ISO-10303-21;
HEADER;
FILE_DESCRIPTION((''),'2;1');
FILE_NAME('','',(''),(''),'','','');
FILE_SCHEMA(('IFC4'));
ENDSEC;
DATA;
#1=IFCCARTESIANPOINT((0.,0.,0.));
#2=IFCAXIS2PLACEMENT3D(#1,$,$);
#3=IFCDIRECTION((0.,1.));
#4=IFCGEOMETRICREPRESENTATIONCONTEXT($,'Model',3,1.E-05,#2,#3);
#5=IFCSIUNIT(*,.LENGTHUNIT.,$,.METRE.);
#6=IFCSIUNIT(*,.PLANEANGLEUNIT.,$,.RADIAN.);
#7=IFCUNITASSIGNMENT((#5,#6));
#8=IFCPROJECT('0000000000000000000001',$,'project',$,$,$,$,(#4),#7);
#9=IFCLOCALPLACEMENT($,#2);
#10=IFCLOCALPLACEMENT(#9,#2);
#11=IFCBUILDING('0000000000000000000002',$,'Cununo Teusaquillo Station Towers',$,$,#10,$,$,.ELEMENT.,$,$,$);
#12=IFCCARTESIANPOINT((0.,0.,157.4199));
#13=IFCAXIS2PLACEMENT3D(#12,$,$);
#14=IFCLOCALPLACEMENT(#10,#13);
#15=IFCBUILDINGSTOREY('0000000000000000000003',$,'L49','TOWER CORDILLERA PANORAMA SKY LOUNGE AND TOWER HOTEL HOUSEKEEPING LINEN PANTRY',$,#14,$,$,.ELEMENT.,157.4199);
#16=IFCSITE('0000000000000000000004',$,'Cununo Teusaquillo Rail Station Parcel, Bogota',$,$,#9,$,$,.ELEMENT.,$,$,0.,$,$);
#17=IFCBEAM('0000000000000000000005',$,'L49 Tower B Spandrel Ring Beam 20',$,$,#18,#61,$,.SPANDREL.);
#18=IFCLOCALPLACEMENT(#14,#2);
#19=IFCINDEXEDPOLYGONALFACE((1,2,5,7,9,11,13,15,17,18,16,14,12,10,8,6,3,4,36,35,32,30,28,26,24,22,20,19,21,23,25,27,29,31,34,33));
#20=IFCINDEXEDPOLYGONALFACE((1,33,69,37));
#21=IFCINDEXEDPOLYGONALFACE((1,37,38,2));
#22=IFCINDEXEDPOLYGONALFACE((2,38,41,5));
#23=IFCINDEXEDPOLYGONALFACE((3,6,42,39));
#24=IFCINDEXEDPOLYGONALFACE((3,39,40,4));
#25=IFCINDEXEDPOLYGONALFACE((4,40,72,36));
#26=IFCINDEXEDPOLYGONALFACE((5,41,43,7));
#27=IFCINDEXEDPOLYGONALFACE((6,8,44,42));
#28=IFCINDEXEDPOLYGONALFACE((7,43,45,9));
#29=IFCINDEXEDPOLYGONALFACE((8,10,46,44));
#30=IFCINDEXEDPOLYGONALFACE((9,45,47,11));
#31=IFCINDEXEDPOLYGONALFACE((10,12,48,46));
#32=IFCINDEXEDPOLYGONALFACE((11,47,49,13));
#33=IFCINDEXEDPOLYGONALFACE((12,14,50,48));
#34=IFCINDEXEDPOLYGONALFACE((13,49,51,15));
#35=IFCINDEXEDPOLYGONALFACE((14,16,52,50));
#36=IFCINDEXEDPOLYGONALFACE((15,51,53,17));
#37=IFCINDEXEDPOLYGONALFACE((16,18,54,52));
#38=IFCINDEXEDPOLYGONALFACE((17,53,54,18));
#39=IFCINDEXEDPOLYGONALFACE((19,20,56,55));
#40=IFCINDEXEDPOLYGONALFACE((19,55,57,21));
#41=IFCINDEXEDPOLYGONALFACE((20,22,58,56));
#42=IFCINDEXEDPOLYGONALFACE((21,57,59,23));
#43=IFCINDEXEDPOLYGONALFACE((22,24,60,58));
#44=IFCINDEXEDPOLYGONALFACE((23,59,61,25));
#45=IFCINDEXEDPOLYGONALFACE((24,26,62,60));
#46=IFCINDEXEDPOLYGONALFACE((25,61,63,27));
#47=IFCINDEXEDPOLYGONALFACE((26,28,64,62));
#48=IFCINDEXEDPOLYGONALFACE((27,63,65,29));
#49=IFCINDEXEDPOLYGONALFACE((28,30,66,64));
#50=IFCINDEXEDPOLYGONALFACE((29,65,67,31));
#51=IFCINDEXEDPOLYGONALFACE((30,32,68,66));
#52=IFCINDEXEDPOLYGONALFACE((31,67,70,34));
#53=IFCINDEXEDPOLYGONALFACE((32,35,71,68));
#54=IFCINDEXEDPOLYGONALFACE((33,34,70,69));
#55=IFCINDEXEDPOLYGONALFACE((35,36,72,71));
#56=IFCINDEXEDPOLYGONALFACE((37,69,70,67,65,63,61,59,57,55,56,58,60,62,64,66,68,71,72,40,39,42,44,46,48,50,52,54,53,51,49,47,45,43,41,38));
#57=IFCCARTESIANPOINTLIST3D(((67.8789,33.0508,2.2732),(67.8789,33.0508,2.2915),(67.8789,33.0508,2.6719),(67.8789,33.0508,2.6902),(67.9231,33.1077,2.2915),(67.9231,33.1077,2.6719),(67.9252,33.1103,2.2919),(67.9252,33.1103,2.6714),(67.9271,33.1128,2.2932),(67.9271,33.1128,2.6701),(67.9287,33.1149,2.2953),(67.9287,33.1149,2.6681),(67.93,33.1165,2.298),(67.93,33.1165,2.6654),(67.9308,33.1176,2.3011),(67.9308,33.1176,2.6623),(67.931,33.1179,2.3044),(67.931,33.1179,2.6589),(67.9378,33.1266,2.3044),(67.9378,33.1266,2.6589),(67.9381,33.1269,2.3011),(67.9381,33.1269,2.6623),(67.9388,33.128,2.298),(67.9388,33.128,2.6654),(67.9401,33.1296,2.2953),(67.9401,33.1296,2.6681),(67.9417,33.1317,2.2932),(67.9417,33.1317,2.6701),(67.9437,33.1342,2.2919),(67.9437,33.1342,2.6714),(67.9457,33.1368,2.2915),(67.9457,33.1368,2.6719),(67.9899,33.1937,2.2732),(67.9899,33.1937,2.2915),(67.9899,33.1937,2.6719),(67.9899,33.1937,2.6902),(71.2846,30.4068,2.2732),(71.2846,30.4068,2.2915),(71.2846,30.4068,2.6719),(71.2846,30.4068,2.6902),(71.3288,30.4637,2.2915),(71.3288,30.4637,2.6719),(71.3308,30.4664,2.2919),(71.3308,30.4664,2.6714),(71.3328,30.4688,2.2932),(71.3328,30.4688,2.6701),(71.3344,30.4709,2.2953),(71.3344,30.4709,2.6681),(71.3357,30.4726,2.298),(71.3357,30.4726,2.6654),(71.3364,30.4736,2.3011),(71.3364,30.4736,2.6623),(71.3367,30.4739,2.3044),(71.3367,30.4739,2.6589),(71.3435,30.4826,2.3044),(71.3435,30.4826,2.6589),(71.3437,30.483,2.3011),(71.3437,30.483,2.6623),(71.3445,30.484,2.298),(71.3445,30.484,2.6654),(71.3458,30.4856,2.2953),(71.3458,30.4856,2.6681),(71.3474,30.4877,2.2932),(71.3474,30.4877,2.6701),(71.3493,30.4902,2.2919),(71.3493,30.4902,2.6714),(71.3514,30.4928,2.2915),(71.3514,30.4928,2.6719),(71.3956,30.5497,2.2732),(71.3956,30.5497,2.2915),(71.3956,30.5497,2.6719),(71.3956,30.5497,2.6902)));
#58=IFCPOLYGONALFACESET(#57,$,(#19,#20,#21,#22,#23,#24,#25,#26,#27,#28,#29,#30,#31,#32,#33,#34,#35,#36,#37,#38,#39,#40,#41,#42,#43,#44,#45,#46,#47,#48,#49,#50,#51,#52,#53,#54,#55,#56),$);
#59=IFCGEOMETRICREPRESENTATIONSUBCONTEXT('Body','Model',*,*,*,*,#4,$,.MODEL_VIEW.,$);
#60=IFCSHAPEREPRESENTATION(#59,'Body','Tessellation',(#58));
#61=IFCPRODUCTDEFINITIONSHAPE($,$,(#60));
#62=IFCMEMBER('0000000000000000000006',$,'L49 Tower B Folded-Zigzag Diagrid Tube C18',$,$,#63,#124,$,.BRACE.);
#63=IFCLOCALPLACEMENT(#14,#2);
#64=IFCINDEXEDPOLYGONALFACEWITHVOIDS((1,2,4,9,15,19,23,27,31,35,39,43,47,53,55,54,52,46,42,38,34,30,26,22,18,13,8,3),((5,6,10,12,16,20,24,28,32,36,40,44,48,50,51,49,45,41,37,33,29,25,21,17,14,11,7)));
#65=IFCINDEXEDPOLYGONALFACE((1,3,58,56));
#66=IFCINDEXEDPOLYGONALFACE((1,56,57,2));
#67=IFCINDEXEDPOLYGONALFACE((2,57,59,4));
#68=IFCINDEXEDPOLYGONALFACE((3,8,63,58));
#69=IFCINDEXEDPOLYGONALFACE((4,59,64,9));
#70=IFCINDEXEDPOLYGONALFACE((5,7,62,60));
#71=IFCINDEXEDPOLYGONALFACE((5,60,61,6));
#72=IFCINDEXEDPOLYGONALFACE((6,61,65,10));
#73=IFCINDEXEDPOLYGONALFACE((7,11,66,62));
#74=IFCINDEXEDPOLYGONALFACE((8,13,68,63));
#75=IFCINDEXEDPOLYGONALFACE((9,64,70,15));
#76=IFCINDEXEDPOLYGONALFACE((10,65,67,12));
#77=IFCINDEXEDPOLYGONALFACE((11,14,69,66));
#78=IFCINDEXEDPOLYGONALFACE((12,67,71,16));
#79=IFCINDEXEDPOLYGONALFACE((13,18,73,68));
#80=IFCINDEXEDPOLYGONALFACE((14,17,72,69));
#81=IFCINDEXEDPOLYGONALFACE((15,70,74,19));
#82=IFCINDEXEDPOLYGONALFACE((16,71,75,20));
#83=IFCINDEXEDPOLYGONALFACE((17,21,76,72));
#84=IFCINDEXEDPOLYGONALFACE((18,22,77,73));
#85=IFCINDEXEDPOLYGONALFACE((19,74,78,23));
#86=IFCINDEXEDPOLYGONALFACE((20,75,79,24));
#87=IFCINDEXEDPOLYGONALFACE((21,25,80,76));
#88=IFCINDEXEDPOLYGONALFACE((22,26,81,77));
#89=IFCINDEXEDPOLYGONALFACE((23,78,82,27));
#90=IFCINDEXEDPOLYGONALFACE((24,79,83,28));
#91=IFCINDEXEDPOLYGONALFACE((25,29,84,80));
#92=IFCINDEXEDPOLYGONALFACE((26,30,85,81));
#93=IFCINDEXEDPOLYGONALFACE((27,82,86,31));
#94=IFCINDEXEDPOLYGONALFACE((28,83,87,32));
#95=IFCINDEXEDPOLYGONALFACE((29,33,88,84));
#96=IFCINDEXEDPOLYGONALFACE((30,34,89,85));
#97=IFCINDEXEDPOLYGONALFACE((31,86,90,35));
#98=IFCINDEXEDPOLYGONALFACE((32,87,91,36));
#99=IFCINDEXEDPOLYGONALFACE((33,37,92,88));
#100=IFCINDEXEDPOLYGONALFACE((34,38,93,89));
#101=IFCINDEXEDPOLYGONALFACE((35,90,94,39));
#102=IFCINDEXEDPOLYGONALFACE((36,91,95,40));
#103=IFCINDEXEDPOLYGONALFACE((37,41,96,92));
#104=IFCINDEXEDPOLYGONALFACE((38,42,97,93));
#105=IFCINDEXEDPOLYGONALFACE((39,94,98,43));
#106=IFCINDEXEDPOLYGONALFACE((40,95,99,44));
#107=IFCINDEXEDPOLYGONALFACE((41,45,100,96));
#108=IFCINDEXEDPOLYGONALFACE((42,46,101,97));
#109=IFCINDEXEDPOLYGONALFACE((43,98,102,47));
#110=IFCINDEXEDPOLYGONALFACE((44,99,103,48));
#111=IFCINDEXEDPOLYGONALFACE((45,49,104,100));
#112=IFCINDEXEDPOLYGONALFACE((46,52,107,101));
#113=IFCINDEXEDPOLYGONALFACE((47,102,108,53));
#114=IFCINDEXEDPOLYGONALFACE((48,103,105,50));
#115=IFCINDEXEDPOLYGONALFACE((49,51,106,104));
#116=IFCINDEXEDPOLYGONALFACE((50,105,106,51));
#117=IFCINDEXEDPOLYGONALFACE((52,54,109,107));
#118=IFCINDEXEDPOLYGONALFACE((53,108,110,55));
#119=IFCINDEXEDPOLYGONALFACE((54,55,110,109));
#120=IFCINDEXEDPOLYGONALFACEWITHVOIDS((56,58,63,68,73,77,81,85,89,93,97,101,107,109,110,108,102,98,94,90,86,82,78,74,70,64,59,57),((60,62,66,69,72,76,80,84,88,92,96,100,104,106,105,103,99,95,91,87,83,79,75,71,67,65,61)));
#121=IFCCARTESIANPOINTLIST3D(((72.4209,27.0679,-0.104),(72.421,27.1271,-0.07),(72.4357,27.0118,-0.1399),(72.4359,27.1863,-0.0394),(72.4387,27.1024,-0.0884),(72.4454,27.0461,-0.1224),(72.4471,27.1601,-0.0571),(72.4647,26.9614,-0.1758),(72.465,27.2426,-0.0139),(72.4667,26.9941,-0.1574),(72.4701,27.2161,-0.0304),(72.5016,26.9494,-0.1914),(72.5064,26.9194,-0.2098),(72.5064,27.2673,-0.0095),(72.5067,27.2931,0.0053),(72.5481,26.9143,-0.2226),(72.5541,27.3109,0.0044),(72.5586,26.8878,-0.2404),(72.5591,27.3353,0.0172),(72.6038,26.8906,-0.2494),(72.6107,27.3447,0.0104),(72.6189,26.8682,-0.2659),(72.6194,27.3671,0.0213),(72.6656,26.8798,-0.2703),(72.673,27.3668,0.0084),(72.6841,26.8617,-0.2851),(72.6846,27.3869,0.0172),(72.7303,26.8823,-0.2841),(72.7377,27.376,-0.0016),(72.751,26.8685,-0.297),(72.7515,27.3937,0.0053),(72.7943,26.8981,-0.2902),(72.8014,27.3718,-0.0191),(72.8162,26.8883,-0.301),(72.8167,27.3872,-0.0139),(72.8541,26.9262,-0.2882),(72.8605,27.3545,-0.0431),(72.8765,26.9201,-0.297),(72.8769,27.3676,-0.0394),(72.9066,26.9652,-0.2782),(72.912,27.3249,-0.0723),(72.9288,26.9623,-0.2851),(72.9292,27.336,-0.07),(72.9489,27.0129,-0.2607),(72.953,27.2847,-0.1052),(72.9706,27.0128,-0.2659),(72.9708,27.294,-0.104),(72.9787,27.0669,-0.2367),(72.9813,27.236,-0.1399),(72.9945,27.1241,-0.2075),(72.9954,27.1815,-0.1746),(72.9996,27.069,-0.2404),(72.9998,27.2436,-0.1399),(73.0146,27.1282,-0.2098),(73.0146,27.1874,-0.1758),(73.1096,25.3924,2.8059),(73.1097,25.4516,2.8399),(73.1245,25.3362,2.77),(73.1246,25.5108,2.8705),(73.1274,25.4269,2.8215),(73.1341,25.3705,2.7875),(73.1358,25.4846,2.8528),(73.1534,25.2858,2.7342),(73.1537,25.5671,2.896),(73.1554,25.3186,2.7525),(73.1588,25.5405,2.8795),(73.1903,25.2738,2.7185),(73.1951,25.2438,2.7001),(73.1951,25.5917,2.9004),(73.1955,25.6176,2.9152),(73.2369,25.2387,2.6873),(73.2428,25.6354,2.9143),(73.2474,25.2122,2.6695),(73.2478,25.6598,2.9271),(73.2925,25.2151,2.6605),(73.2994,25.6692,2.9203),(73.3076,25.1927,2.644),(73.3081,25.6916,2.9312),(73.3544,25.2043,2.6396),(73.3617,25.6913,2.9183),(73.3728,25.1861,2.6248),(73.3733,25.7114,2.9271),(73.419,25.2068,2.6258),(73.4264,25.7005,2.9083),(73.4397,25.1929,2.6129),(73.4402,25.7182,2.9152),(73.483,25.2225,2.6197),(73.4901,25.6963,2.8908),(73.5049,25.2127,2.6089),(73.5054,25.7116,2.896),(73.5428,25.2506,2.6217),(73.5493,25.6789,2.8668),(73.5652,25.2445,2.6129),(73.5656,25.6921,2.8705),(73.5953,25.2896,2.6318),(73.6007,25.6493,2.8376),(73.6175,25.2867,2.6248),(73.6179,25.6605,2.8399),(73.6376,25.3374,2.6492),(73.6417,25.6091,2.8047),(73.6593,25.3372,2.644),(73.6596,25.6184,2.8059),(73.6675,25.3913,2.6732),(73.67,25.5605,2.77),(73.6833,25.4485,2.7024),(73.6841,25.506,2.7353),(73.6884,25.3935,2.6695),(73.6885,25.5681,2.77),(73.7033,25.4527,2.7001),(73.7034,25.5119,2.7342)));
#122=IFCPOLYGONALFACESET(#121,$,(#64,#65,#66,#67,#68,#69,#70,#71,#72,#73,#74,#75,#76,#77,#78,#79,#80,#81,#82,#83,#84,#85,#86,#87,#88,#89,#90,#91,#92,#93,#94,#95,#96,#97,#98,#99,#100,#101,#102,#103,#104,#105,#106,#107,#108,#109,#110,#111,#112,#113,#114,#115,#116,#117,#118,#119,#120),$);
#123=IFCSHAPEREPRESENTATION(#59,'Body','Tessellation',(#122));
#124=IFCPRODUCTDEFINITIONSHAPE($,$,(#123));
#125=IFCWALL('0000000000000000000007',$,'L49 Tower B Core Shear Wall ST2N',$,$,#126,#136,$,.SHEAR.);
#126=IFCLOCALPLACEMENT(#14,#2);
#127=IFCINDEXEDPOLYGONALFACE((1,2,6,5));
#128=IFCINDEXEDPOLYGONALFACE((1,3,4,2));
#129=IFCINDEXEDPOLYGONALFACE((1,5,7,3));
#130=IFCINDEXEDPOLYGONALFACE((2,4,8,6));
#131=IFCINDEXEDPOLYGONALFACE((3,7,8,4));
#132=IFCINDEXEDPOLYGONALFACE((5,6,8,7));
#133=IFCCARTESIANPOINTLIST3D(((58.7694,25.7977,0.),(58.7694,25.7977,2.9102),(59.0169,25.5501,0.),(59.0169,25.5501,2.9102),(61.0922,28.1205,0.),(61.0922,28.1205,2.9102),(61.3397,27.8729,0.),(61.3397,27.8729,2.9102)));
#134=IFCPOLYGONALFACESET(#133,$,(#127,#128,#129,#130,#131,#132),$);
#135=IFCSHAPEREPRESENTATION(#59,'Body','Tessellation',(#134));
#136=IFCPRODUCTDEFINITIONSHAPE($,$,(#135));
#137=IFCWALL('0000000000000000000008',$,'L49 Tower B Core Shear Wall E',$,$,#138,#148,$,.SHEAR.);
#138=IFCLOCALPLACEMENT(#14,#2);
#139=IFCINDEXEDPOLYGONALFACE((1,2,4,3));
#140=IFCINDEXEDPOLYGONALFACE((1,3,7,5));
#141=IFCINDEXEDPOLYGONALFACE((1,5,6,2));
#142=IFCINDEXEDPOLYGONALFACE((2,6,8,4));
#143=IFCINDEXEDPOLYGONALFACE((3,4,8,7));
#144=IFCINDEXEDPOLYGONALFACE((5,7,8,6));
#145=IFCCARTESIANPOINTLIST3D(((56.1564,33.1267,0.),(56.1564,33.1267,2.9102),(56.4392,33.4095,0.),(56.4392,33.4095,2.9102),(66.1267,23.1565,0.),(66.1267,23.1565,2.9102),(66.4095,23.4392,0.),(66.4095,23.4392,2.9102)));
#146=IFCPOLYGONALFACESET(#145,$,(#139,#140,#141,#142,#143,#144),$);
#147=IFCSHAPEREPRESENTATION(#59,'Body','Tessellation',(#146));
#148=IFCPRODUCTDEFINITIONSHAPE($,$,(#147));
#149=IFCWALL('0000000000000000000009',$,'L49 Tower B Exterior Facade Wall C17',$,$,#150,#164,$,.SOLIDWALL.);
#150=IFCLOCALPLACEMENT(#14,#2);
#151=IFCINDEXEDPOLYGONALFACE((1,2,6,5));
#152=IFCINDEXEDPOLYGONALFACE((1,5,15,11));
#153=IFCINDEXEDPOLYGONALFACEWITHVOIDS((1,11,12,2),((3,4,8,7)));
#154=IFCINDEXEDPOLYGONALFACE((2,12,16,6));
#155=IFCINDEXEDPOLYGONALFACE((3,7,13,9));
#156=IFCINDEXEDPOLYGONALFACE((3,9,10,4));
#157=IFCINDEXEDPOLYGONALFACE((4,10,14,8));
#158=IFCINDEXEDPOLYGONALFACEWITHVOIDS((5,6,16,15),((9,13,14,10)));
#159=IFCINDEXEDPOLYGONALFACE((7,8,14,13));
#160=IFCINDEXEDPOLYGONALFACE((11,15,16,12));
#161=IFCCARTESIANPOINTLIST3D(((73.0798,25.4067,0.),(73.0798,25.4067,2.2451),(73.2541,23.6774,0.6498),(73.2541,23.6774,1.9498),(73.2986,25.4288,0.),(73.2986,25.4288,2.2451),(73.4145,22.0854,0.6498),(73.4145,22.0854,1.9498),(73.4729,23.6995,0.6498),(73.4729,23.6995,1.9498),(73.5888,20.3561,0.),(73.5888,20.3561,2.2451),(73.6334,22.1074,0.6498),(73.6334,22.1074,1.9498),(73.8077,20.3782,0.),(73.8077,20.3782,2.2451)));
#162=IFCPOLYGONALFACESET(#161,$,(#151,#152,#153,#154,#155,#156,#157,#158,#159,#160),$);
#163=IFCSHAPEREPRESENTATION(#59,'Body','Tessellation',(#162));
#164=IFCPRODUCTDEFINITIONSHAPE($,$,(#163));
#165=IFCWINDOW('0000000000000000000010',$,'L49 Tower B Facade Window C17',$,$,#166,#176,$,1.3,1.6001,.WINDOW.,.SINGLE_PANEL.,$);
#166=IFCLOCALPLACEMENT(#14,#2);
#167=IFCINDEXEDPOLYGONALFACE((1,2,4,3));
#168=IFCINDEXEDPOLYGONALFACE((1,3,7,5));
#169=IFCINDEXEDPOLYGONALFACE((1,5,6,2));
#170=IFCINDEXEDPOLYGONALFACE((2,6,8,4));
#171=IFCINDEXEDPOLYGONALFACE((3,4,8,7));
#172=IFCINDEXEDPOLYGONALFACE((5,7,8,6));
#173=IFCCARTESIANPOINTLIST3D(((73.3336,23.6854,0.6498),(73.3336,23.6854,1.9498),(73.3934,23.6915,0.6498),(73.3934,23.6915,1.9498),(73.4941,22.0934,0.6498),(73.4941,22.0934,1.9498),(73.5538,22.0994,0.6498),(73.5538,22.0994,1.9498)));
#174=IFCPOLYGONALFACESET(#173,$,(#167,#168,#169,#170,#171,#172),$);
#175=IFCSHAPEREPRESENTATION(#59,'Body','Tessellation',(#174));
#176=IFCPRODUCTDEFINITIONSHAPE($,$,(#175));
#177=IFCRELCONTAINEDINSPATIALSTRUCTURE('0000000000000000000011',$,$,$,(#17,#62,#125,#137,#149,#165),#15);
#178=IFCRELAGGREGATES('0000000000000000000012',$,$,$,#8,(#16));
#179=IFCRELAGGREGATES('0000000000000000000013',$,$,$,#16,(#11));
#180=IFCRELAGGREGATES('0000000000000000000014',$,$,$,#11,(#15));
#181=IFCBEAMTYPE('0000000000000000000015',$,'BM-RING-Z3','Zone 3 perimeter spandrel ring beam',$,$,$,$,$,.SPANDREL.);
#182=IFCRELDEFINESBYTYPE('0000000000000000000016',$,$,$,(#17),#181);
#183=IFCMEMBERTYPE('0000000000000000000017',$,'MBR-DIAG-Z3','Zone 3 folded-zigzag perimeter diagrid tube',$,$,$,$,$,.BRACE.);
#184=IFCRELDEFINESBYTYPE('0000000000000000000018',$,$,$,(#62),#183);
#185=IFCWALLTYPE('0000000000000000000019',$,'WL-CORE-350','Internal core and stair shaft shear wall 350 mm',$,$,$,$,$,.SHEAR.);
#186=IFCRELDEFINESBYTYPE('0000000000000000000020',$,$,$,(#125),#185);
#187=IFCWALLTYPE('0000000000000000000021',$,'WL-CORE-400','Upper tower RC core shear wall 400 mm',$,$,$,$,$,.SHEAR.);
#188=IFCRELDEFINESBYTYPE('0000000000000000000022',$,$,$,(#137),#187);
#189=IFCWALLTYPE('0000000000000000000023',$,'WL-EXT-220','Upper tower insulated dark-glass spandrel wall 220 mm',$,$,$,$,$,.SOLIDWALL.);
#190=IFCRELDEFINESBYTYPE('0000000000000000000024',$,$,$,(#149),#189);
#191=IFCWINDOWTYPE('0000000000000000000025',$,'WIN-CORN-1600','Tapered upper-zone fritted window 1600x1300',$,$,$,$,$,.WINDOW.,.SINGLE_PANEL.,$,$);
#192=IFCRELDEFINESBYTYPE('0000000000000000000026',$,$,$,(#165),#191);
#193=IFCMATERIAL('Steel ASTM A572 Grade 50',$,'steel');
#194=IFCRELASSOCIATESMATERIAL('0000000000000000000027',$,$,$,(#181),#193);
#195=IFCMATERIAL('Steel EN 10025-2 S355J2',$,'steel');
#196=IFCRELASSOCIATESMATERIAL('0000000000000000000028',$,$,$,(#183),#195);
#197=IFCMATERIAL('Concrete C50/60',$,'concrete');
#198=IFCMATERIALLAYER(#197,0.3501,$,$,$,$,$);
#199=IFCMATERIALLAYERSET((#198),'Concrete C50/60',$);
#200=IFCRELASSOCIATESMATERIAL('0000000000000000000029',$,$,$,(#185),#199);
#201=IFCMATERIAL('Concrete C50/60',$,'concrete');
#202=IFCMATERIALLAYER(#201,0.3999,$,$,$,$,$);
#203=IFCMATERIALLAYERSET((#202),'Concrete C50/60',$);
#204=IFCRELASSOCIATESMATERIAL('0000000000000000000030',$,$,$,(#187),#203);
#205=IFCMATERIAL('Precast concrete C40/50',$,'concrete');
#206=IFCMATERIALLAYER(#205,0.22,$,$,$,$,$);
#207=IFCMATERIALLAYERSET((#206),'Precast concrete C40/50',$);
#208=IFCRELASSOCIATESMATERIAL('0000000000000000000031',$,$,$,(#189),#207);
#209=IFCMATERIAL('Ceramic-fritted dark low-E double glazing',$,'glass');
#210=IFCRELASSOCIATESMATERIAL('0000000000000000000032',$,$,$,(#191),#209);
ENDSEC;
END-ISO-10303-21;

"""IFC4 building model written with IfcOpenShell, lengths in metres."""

from ifc_helpers import new_model, si_unit, direction, frame, frame_2d, origin, origin_2d, place, context, subcontext, project, spatial, rectangle, hollow_circle, i_section, extrude, source, transform, mapped, material, layer, layer_set, material_profile, profile_set, type_object, element, fill, save


model = new_model("IFC4")

# Units and contexts
model_context = context("Model", 3, precision=1e-05, world=origin(), true_north=direction((0.0, 1.0)))
body_context = subcontext(model_context, "Body", "Model", "MODEL_VIEW")
ifc_project = project(units=[si_unit("LENGTHUNIT", "METRE"), si_unit("PLANEANGLEUNIT", "RADIAN")], contexts=[model_context])

# Site, building, storey
site_placement = place(None, origin())
site = spatial("IfcSite", under=ifc_project, at=site_placement, Name="Cununo Teusaquillo Rail Station Parcel, Bogota", CompositionType="ELEMENT", RefElevation=0.0)
building_placement = place(site_placement, origin())
building = spatial("IfcBuilding", under=site, at=building_placement, Name="Cununo Teusaquillo Station Towers", CompositionType="ELEMENT")
storey_placement = place(building_placement, frame((0.0, 0.0, 157.4199)))
storey = spatial("IfcBuildingStorey", under=building, at=storey_placement, Name="L49", Description="TOWER CORDILLERA PANORAMA SKY LOUNGE AND TOWER HOTEL HOUSEKEEPING LINEN PANTRY", CompositionType="ELEMENT", Elevation=157.4199)

# Beam
ifc_material_1 = material(Name="Steel ASTM A572 Grade 50", Category="steel")
ifc_material_profile_1 = material_profile(ifc_material_1, i_section(OverallWidth=0.1809, OverallDepth=0.417, WebThickness=0.011, FlangeThickness=0.0183, FilletRadius=0.0129, at=origin_2d()), Name="W16X57")
ifc_profile_set_1 = profile_set([ifc_material_profile_1], Name="Steel ASTM A572 Grade 50")
beam_type_1 = type_object("IfcBeamType", Name="BM-RING-Z3", Description="Zone 3 perimeter spandrel ring beam", PredefinedType="SPANDREL", material=ifc_profile_set_1)
beam_1_placement = place(storey_placement, frame((71.3401, 30.4783, 2.4817), z_axis=(-0.789901, 0.613235, 0.0), x_axis=(-0.613235, -0.789901, 0.0)))
element("IfcBeam", 1, at=beam_1_placement, inside=storey, type_object=beam_type_1, Name="L49 Tower B Spandrel Ring Beam 20", PredefinedType="SPANDREL", context=body_context, shape_type="SweptSolid", body=[
    extrude(i_section(OverallWidth=0.1809, OverallDepth=0.417, WebThickness=0.011, FlangeThickness=0.0183, FilletRadius=0.0129, at=origin_2d()), origin(), (0.0, 0.0, 1.0), 4.3115),
])

# Member
ifc_material_2 = material(Name="Steel EN 10025-2 S355J2", Category="steel")
ifc_material_profile_2 = material_profile(ifc_material_2, hollow_circle(Radius=0.3049, WallThickness=0.02, at=origin_2d()), Name="CHS 610x20")
ifc_profile_set_2 = profile_set([ifc_material_profile_2], Name="Steel EN 10025-2 S355J2")
member_type = type_object("IfcMemberType", Name="MBR-DIAG-Z3", Description="Zone 3 folded-zigzag perimeter diagrid tube", PredefinedType="BRACE", material=ifc_profile_set_2)
member_placement = place(storey_placement, frame((72.7178, 27.1277, -0.1399), z_axis=(0.200926, -0.488818, 0.848932), x_axis=(0.924912, 0.38018, 0.0)))
element("IfcMember", 2, at=member_placement, inside=storey, type_object=member_type, Name="L49 Tower B Folded-Zigzag Diagrid Tube C18", PredefinedType="BRACE", context=body_context, shape_type="SweptSolid", body=[
    extrude(hollow_circle(Radius=0.3049, WallThickness=0.02, at=origin_2d()), origin(), (0.0, 0.0, 1.0), 3.4277),
])

# Walls
ifc_material_3 = material(Name="Concrete C50/60", Category="concrete")
ifc_layer_1 = layer(ifc_material_3, 0.3501)
ifc_layer_set_1 = layer_set([ifc_layer_1], Name="Concrete C50/60")
wall_type_1 = type_object("IfcWallType", Name="WL-CORE-350", Description="Internal core and stair shaft shear wall 350 mm", PredefinedType="SHEAR", material=ifc_layer_set_1)
wall_1_placement = place(storey_placement, frame((58.8931, 25.6738, 0.0), z_axis=(0.0, 0.0, 1.0), x_axis=(0.707107, 0.707107, 0.0)))
element("IfcWall", 3, at=wall_1_placement, inside=storey, type_object=wall_type_1, Name="L49 Tower B Core Shear Wall ST2N", PredefinedType="SHEAR", context=body_context, shape_type="SweptSolid", body=[
    extrude(rectangle(XDim=3.2849, YDim=0.3501, at=frame_2d((1.6426, 0.0))), origin(), (0.0, 0.0, 1.0), 2.9102),
])
ifc_material_4 = material(Name="Concrete C50/60", Category="concrete")
ifc_layer_2 = layer(ifc_material_4, 0.3999)
ifc_layer_set_2 = layer_set([ifc_layer_2], Name="Concrete C50/60")
wall_type_2 = type_object("IfcWallType", Name="WL-CORE-400", Description="Upper tower RC core shear wall 400 mm", PredefinedType="SHEAR", material=ifc_layer_set_2)
wall_2_placement = place(storey_placement, frame((66.2681, 23.2979, 0.0), z_axis=(0.0, 0.0, 1.0), x_axis=(-0.707107, 0.707107, 0.0)))
element("IfcWall", 4, at=wall_2_placement, inside=storey, type_object=wall_type_2, Name="L49 Tower B Core Shear Wall E", PredefinedType="SHEAR", context=body_context, shape_type="SweptSolid", body=[
    extrude(rectangle(XDim=14.1001, YDim=0.3999, at=frame_2d((7.05, 0.0))), origin(), (0.0, 0.0, 1.0), 2.9102),
])

# Wall, opening, window
ifc_material_5 = material(Name="Precast concrete C40/50", Category="concrete")
ifc_layer_3 = layer(ifc_material_5, 0.22)
ifc_layer_set_3 = layer_set([ifc_layer_3], Name="Precast concrete C40/50")
wall_type_3 = type_object("IfcWallType", Name="WL-EXT-220", Description="Upper tower insulated dark-glass spandrel wall 220 mm", PredefinedType="SOLIDWALL", material=ifc_layer_set_3)
wall_3_placement = place(storey_placement, frame((73.1892, 25.4177, 0.0), z_axis=(0.0, 0.0, 1.0), x_axis=(0.10028, -0.994959, 0.0)))
wall_3 = element("IfcWall", 5, at=wall_3_placement, inside=storey, type_object=wall_type_3, Name="L49 Tower B Exterior Facade Wall C17", PredefinedType="SOLIDWALL", context=body_context, shape_type="SweptSolid", body=[
    extrude(rectangle(XDim=5.0762, YDim=0.22, at=frame_2d((2.5381, 0.0))), origin(), (0.0, 0.0, 1.0), 2.2451),
])
shared_shape_1 = source(origin(), body_context, "Body", "SweptSolid", [
    extrude(rectangle(XDim=1.6001, YDim=1.3, at=frame_2d((0.8, 0.6499))), frame((0.0, 0.1199, 0.0), z_axis=(0.0, -1.0, 0.0), x_axis=(1.0, 0.0, 0.0)), (0.0, 0.0, 1.0), 0.24),
])
opening_1_placement = place(wall_3_placement, frame((1.738, 0.0, 0.6499)))
opening_1 = element("IfcOpeningElement", 6, at=opening_1_placement, cuts=wall_3, PredefinedType="OPENING", context=body_context, shape_type="MappedRepresentation", body=[
    mapped(shared_shape_1, transform((0.0, 0.0, 0.0), x_axis=(1.0, 0.0, 0.0), y_axis=(0.0, 1.0, 0.0), z_axis=(0.0, 0.0, 1.0), scale=1.0)),
])
ifc_material_6 = material(Name="Ceramic-fritted dark low-E double glazing", Category="glass")
window_type = type_object("IfcWindowType", Name="WIN-CORN-1600", Description="Tapered upper-zone fritted window 1600x1300", PartitioningType="SINGLE_PANEL", PredefinedType="WINDOW", material=ifc_material_6)
shared_shape_2 = source(origin(), body_context, "Body", "SweptSolid", [
    extrude(rectangle(XDim=1.6001, YDim=1.3, at=frame_2d((0.8, 0.6499))), frame((0.0, 0.03, 0.0), z_axis=(0.0, -1.0, 0.0), x_axis=(1.0, 0.0, 0.0)), (0.0, 0.0, 1.0), 0.0601),
])
window_1_placement = place(opening_1_placement, origin())
window_1 = element("IfcWindow", 7, at=window_1_placement, inside=storey, type_object=window_type, Name="L49 Tower B Facade Window C17", OverallHeight=1.3, OverallWidth=1.6001, PartitioningType="SINGLE_PANEL", PredefinedType="WINDOW", context=body_context, shape_type="MappedRepresentation", body=[
    mapped(shared_shape_2, transform((0.0, 0.0, 0.0), x_axis=(1.0, 0.0, 0.0), y_axis=(0.0, 1.0, 0.0), z_axis=(0.0, 0.0, 1.0), scale=1.0)),
])
fill(opening_1, window_1)

save(model, "model.ifc")
